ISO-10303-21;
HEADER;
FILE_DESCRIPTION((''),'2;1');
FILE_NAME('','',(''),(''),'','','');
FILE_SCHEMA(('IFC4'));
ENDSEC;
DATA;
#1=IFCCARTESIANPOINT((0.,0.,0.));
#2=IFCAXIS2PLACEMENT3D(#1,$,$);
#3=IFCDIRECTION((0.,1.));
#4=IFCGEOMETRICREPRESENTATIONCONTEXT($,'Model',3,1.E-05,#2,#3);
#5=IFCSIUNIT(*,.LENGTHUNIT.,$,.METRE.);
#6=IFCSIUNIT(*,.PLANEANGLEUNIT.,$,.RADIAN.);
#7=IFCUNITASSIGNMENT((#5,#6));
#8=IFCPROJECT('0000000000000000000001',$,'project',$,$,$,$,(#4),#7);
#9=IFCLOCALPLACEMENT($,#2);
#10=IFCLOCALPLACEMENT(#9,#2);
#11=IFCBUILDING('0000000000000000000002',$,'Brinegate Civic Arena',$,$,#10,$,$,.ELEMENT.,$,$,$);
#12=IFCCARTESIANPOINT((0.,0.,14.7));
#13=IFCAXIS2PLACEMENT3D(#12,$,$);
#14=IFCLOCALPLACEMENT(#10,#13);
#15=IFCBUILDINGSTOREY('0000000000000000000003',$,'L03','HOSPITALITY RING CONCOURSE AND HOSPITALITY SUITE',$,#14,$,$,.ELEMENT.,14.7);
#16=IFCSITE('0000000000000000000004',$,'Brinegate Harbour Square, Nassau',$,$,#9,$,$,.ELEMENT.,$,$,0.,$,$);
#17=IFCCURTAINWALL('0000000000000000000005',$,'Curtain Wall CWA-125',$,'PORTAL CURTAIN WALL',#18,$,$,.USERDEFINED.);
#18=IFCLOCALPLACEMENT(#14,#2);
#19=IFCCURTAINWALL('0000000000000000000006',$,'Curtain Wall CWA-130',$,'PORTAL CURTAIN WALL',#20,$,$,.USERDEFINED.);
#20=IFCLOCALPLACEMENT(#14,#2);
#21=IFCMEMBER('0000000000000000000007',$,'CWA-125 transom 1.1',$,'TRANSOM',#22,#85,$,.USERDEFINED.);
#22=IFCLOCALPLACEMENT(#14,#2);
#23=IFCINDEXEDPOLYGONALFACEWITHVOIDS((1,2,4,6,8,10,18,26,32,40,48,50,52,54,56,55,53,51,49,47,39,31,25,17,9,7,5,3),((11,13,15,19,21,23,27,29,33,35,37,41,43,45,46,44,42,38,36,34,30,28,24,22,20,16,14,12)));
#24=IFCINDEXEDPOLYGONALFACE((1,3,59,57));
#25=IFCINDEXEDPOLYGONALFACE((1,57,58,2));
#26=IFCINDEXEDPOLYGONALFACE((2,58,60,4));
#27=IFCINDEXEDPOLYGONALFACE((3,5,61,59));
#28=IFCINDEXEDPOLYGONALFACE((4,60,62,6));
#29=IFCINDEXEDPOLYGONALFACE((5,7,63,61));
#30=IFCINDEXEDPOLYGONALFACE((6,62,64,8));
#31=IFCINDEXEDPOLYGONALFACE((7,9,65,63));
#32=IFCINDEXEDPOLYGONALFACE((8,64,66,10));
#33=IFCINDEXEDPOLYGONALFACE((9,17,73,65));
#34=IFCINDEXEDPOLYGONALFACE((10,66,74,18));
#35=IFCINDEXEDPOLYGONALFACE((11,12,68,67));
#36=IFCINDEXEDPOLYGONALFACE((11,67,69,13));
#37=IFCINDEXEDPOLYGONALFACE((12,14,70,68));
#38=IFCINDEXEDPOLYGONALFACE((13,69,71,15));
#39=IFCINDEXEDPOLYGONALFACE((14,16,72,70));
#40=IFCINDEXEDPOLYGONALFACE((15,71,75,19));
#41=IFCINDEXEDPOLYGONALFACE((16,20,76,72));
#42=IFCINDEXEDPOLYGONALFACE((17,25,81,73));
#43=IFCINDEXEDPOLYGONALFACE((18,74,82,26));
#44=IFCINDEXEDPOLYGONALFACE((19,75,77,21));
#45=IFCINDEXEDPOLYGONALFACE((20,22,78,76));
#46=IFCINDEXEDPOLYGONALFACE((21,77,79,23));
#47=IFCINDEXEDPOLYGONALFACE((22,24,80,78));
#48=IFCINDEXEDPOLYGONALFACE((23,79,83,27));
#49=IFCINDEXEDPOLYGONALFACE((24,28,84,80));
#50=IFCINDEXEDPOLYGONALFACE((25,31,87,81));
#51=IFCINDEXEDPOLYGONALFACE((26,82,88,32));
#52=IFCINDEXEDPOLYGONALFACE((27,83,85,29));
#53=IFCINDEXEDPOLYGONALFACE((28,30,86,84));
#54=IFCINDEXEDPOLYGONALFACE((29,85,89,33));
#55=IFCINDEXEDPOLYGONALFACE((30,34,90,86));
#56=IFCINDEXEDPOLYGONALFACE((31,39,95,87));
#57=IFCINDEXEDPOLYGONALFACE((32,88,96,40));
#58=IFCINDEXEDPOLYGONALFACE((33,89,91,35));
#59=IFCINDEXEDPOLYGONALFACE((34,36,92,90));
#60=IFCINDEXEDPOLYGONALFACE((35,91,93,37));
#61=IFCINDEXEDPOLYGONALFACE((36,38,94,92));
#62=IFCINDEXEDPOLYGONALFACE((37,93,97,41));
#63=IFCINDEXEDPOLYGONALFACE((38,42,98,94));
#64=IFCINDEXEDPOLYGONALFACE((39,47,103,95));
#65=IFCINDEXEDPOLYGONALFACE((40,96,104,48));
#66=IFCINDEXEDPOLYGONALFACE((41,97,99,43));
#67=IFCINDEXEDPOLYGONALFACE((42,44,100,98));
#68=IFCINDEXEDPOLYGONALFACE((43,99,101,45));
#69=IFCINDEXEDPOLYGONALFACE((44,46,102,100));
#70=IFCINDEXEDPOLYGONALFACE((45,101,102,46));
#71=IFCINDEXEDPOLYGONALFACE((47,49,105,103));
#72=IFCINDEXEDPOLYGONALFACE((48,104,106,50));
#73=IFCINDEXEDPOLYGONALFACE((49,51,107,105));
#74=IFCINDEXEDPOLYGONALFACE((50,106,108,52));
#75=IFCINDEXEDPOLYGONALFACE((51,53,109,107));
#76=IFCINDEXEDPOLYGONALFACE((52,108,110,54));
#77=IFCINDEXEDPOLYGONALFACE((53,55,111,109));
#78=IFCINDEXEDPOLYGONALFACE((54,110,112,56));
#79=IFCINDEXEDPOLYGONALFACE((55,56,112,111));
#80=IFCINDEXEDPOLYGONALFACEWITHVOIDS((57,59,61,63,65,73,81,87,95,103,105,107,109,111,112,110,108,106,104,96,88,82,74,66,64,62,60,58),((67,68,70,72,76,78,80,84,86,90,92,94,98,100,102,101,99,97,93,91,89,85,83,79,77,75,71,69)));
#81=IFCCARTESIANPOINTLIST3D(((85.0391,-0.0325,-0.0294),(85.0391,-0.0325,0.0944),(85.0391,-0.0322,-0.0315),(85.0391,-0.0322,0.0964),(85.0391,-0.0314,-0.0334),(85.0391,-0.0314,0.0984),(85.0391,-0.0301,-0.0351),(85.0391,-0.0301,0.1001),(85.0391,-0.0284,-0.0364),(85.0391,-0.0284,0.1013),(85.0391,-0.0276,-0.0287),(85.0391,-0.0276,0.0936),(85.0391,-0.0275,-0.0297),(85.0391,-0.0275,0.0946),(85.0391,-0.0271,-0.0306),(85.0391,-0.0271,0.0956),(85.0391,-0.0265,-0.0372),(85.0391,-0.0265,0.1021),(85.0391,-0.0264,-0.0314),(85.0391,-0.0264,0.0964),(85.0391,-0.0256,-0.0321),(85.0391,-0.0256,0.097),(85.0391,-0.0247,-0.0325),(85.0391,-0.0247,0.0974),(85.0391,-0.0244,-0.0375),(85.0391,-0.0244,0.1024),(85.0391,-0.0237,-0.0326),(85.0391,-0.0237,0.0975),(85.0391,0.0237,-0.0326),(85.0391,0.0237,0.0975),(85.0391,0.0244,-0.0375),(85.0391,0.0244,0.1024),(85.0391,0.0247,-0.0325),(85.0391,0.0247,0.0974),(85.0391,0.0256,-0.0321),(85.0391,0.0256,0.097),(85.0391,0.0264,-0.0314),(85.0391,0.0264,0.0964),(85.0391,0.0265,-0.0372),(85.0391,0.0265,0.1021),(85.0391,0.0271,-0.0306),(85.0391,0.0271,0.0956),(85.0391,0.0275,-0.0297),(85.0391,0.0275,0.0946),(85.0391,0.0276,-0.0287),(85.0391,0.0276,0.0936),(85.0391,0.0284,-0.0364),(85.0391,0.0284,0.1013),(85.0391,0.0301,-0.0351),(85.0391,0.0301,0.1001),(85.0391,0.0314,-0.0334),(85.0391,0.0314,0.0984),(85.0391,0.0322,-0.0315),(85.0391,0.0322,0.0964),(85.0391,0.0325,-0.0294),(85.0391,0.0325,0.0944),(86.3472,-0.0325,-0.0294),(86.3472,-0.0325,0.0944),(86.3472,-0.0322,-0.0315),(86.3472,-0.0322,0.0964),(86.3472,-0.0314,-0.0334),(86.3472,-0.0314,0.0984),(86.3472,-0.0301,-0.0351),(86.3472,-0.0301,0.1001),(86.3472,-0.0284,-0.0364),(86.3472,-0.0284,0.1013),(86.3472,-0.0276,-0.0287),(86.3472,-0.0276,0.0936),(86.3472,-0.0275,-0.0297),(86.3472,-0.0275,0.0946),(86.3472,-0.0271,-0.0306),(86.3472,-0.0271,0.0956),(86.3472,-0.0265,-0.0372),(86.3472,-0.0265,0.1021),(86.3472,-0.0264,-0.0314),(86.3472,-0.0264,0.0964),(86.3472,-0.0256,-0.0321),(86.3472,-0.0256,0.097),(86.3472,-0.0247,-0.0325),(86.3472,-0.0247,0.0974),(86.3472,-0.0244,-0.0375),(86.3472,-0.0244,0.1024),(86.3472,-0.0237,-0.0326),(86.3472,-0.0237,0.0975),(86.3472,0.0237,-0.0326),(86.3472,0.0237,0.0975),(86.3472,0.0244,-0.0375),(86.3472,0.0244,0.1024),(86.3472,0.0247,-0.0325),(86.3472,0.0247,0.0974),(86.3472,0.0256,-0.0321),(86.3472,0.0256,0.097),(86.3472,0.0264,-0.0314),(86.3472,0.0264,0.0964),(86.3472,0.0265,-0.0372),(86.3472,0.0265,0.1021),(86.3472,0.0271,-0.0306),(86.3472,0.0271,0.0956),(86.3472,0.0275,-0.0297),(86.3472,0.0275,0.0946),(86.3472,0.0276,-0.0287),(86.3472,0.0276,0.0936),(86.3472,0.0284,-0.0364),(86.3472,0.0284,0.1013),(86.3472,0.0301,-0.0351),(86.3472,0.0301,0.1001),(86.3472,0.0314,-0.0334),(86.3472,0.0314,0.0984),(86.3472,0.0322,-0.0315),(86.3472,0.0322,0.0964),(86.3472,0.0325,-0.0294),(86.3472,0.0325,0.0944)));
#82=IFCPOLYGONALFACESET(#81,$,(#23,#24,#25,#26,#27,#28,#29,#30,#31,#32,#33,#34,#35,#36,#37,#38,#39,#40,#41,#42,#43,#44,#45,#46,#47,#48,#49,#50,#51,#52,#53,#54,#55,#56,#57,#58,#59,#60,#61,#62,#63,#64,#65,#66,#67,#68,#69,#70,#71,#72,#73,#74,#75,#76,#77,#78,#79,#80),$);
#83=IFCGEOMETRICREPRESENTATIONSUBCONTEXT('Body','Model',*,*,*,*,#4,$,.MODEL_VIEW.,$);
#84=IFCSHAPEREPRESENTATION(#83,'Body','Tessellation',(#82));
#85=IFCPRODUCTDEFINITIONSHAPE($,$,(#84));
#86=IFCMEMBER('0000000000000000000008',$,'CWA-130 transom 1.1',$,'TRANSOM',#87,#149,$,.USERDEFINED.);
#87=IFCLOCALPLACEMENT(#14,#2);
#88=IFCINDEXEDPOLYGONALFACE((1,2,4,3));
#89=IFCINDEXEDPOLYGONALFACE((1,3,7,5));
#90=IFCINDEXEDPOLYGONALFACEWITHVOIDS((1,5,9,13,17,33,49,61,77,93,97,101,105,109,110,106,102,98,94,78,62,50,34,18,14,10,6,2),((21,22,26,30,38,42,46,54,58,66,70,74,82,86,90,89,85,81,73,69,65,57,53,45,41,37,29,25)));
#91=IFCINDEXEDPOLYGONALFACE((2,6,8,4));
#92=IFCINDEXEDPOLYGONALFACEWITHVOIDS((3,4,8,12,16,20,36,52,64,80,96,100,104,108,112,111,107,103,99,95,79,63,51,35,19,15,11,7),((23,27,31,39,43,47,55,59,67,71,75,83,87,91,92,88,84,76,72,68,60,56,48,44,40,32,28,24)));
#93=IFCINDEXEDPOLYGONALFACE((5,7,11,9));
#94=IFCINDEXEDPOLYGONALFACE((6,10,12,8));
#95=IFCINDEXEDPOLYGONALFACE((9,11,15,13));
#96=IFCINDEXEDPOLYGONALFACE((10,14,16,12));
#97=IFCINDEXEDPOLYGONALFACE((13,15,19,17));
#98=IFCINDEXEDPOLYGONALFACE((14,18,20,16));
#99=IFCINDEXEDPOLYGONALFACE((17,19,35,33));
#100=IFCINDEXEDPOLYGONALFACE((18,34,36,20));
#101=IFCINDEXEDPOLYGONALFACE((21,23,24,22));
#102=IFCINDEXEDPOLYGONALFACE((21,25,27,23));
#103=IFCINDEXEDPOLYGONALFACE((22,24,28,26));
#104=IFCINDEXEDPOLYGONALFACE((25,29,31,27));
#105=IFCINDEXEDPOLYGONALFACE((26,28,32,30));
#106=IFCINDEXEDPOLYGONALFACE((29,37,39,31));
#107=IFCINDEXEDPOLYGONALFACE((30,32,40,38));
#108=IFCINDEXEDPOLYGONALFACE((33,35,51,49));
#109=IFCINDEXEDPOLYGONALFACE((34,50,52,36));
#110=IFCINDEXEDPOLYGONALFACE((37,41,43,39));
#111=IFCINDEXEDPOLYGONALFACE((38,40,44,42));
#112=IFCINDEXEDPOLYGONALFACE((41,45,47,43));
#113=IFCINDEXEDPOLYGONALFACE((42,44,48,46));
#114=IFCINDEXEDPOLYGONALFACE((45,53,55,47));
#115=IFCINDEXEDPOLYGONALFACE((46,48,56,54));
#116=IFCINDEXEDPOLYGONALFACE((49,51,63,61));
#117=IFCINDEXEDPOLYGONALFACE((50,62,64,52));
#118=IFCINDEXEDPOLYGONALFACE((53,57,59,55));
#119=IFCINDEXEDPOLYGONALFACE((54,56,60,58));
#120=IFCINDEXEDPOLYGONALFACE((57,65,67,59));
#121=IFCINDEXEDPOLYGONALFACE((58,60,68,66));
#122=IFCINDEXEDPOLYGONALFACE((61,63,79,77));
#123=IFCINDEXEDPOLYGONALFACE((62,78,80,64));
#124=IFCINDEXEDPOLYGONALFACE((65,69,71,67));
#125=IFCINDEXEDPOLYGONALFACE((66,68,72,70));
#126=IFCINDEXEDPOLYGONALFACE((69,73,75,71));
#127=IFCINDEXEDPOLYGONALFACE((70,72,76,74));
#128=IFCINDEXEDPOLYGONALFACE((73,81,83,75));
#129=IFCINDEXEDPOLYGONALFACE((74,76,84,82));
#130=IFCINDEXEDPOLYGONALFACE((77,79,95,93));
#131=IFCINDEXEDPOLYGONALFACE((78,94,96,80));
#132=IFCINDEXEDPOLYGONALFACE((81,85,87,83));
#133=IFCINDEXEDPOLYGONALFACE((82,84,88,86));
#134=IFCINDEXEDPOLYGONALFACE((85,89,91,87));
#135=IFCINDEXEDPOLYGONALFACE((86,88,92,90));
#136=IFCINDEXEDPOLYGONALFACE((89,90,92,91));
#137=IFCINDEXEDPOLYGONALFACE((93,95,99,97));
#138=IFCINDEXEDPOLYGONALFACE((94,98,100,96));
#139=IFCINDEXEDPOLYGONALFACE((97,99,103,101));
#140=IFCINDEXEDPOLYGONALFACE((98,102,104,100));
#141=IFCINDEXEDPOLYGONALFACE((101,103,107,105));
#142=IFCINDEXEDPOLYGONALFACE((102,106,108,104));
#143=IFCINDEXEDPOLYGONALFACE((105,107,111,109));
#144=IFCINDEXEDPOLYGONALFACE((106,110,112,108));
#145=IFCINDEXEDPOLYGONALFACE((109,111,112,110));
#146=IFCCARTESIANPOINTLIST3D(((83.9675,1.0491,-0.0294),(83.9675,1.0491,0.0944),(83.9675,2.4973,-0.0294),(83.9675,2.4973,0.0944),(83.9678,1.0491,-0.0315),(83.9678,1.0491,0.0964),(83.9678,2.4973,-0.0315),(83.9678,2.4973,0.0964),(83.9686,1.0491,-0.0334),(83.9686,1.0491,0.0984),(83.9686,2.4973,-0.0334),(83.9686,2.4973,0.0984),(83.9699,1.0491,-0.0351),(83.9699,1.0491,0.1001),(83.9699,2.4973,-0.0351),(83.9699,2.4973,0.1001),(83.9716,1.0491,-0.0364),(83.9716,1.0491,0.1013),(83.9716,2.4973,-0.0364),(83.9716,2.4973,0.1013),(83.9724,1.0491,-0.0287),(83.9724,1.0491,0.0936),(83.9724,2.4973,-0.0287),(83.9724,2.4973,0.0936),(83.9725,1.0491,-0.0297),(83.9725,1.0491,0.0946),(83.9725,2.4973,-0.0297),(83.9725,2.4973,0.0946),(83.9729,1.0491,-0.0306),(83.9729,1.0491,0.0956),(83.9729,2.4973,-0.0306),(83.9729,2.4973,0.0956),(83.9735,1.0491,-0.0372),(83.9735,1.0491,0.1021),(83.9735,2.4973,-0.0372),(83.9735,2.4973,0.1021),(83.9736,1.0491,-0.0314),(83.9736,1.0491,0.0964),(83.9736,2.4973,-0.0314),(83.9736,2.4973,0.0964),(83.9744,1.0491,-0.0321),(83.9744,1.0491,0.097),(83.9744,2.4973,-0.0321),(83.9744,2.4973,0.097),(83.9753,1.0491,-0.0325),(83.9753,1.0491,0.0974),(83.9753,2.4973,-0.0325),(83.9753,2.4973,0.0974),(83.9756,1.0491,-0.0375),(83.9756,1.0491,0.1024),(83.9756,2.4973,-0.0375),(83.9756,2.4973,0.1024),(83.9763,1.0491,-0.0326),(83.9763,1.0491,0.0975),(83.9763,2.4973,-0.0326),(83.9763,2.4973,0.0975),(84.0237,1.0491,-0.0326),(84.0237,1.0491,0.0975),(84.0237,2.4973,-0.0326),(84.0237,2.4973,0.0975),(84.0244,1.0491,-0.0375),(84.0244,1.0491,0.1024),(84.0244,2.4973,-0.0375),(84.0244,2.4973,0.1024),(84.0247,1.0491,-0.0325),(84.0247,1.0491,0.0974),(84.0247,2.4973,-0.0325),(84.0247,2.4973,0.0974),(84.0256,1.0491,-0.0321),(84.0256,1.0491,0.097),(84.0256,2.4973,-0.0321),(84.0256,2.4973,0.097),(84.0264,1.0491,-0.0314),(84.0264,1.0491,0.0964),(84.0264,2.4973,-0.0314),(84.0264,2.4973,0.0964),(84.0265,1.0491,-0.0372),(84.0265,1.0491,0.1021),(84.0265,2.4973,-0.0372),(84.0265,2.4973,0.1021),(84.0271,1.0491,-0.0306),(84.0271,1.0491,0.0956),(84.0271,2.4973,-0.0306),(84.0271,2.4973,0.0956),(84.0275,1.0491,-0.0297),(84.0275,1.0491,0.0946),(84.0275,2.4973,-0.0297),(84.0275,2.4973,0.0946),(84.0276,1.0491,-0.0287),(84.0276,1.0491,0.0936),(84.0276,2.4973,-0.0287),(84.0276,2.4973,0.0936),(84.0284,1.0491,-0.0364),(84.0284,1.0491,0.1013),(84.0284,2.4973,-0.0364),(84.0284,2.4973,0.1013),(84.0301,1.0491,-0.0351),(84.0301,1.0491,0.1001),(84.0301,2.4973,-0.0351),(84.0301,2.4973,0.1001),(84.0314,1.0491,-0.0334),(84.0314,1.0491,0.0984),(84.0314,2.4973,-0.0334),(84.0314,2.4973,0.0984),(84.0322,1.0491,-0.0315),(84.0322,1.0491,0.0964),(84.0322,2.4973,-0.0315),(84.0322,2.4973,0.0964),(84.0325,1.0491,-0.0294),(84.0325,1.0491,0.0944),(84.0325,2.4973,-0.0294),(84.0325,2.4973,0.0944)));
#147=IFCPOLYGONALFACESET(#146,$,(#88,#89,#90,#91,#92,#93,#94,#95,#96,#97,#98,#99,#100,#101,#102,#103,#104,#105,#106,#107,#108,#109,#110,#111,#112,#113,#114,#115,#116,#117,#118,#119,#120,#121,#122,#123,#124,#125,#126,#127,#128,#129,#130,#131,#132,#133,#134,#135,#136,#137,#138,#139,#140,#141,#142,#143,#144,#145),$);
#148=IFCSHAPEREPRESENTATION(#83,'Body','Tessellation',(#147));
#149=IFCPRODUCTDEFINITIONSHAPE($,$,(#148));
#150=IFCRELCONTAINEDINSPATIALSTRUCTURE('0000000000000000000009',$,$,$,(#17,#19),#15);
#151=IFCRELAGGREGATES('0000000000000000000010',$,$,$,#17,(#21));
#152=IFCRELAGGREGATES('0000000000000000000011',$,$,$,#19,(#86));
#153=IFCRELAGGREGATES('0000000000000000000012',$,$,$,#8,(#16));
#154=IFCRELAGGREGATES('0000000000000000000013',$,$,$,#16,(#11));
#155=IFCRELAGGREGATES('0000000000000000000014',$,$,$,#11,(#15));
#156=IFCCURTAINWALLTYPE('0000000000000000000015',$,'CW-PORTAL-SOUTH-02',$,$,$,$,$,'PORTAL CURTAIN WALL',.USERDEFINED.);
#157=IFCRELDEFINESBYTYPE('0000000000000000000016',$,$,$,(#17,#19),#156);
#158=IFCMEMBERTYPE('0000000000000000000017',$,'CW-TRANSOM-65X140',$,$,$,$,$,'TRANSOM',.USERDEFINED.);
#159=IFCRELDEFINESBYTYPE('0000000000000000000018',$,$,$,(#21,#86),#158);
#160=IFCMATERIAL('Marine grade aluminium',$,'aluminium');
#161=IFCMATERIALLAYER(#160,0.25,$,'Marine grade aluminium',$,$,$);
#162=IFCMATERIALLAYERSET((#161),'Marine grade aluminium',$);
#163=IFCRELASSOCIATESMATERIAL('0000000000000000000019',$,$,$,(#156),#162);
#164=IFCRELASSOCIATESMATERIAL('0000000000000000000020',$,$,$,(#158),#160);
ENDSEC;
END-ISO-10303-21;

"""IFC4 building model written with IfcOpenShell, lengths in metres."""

from ifc_helpers import new_model, si_unit, direction, frame, origin, origin_2d, place, context, subcontext, project, spatial, hollow_rectangle, extrude, material, layer, layer_set, material_profile, profile_set, type_object, element, aggregate, save


model = new_model("IFC4")

# Units and contexts
model_context = context("Model", 3, precision=1e-05, world=origin(), true_north=direction((0.0, 1.0)))
body_context = subcontext(model_context, "Body", "Model", "MODEL_VIEW")
ifc_project = project(units=[si_unit("LENGTHUNIT", "METRE"), si_unit("PLANEANGLEUNIT", "RADIAN")], contexts=[model_context])

# Site, building, storey
site_placement = place(None, origin())
site = spatial("IfcSite", under=ifc_project, at=site_placement, Name="Brinegate Harbour Square, Nassau", CompositionType="ELEMENT", RefElevation=0.0)
building_placement = place(site_placement, origin())
building = spatial("IfcBuilding", under=site, at=building_placement, Name="Brinegate Civic Arena", CompositionType="ELEMENT")
storey_placement = place(building_placement, frame((0.0, 0.0, 14.7)))
storey = spatial("IfcBuildingStorey", under=building, at=storey_placement, Name="L03", Description="HOSPITALITY RING CONCOURSE AND HOSPITALITY SUITE", CompositionType="ELEMENT", Elevation=14.7)

# Curtain wall
ifc_material_1 = material(Name="Marine grade aluminium", Category="aluminium")
ifc_layer_1 = layer(ifc_material_1, 0.25, Name="Marine grade aluminium")
ifc_layer_set_1 = layer_set([ifc_layer_1], Name="Marine grade aluminium")
curtain_wall_type = type_object("IfcCurtainWallType", Name="CW-PORTAL-SOUTH-02", ElementType="PORTAL CURTAIN WALL", PredefinedType="USERDEFINED", material=ifc_layer_set_1)
curtain_wall_1_placement = place(storey_placement, origin())
curtain_wall_1 = element("IfcCurtainWall", 1, at=curtain_wall_1_placement, inside=storey, type_object=curtain_wall_type, Name="Curtain Wall CWA-125", ObjectType="PORTAL CURTAIN WALL", PredefinedType="USERDEFINED")

# Curtain wall
curtain_wall_2_placement = place(storey_placement, origin())
curtain_wall_2 = element("IfcCurtainWall", 2, at=curtain_wall_2_placement, inside=storey, type_object=curtain_wall_type, Name="Curtain Wall CWA-130", ObjectType="PORTAL CURTAIN WALL", PredefinedType="USERDEFINED")

# Members
ifc_material_profile_1 = material_profile(ifc_material_1, hollow_rectangle(XDim=0.0649, YDim=0.1399, WallThickness=0.0049, InnerFilletRadius=0.0039, OuterFilletRadius=0.0081, at=origin_2d()), Name="TRN65X140")
ifc_profile_set_1 = profile_set([ifc_material_profile_1], Name="Marine grade aluminium")
member_type_1 = type_object("IfcMemberType", Name="CW-TRANSOM-65X140", ElementType="TRANSOM", PredefinedType="USERDEFINED", material=ifc_profile_set_1)
member_1_placement = place(storey_placement, frame((85.0391, 0.0, 0.0325), z_axis=(1.0, 0.0, 0.0), x_axis=(0.0, 1.0, 0.0)))
member_1 = element("IfcMember", 3, at=member_1_placement, type_object=member_type_1, Name="CWA-125 transom 1.1", ObjectType="TRANSOM", PredefinedType="USERDEFINED", context=body_context, shape_type="SweptSolid", body=[
    extrude(hollow_rectangle(XDim=0.0649, YDim=0.1399, WallThickness=0.0049, InnerFilletRadius=0.0039, OuterFilletRadius=0.0081, at=origin_2d()), origin(), (0.0, 0.0, 1.0), 1.3081),
])
aggregate(curtain_wall_1, [member_1])
member_2_placement = place(storey_placement, frame((84.0, 1.0491, 0.0325), z_axis=(0.0, 1.0, 0.0), x_axis=(-1.0, 0.0, 0.0)))
member_2 = element("IfcMember", 4, at=member_2_placement, type_object=member_type_1, Name="CWA-130 transom 1.1", ObjectType="TRANSOM", PredefinedType="USERDEFINED", context=body_context, shape_type="SweptSolid", body=[
    extrude(hollow_rectangle(XDim=0.0649, YDim=0.1399, WallThickness=0.0049, InnerFilletRadius=0.0039, OuterFilletRadius=0.0081, at=origin_2d()), origin(), (0.0, 0.0, 1.0), 1.4482),
])

aggregate(curtain_wall_2, [member_2])

save(model, "model.ifc")
